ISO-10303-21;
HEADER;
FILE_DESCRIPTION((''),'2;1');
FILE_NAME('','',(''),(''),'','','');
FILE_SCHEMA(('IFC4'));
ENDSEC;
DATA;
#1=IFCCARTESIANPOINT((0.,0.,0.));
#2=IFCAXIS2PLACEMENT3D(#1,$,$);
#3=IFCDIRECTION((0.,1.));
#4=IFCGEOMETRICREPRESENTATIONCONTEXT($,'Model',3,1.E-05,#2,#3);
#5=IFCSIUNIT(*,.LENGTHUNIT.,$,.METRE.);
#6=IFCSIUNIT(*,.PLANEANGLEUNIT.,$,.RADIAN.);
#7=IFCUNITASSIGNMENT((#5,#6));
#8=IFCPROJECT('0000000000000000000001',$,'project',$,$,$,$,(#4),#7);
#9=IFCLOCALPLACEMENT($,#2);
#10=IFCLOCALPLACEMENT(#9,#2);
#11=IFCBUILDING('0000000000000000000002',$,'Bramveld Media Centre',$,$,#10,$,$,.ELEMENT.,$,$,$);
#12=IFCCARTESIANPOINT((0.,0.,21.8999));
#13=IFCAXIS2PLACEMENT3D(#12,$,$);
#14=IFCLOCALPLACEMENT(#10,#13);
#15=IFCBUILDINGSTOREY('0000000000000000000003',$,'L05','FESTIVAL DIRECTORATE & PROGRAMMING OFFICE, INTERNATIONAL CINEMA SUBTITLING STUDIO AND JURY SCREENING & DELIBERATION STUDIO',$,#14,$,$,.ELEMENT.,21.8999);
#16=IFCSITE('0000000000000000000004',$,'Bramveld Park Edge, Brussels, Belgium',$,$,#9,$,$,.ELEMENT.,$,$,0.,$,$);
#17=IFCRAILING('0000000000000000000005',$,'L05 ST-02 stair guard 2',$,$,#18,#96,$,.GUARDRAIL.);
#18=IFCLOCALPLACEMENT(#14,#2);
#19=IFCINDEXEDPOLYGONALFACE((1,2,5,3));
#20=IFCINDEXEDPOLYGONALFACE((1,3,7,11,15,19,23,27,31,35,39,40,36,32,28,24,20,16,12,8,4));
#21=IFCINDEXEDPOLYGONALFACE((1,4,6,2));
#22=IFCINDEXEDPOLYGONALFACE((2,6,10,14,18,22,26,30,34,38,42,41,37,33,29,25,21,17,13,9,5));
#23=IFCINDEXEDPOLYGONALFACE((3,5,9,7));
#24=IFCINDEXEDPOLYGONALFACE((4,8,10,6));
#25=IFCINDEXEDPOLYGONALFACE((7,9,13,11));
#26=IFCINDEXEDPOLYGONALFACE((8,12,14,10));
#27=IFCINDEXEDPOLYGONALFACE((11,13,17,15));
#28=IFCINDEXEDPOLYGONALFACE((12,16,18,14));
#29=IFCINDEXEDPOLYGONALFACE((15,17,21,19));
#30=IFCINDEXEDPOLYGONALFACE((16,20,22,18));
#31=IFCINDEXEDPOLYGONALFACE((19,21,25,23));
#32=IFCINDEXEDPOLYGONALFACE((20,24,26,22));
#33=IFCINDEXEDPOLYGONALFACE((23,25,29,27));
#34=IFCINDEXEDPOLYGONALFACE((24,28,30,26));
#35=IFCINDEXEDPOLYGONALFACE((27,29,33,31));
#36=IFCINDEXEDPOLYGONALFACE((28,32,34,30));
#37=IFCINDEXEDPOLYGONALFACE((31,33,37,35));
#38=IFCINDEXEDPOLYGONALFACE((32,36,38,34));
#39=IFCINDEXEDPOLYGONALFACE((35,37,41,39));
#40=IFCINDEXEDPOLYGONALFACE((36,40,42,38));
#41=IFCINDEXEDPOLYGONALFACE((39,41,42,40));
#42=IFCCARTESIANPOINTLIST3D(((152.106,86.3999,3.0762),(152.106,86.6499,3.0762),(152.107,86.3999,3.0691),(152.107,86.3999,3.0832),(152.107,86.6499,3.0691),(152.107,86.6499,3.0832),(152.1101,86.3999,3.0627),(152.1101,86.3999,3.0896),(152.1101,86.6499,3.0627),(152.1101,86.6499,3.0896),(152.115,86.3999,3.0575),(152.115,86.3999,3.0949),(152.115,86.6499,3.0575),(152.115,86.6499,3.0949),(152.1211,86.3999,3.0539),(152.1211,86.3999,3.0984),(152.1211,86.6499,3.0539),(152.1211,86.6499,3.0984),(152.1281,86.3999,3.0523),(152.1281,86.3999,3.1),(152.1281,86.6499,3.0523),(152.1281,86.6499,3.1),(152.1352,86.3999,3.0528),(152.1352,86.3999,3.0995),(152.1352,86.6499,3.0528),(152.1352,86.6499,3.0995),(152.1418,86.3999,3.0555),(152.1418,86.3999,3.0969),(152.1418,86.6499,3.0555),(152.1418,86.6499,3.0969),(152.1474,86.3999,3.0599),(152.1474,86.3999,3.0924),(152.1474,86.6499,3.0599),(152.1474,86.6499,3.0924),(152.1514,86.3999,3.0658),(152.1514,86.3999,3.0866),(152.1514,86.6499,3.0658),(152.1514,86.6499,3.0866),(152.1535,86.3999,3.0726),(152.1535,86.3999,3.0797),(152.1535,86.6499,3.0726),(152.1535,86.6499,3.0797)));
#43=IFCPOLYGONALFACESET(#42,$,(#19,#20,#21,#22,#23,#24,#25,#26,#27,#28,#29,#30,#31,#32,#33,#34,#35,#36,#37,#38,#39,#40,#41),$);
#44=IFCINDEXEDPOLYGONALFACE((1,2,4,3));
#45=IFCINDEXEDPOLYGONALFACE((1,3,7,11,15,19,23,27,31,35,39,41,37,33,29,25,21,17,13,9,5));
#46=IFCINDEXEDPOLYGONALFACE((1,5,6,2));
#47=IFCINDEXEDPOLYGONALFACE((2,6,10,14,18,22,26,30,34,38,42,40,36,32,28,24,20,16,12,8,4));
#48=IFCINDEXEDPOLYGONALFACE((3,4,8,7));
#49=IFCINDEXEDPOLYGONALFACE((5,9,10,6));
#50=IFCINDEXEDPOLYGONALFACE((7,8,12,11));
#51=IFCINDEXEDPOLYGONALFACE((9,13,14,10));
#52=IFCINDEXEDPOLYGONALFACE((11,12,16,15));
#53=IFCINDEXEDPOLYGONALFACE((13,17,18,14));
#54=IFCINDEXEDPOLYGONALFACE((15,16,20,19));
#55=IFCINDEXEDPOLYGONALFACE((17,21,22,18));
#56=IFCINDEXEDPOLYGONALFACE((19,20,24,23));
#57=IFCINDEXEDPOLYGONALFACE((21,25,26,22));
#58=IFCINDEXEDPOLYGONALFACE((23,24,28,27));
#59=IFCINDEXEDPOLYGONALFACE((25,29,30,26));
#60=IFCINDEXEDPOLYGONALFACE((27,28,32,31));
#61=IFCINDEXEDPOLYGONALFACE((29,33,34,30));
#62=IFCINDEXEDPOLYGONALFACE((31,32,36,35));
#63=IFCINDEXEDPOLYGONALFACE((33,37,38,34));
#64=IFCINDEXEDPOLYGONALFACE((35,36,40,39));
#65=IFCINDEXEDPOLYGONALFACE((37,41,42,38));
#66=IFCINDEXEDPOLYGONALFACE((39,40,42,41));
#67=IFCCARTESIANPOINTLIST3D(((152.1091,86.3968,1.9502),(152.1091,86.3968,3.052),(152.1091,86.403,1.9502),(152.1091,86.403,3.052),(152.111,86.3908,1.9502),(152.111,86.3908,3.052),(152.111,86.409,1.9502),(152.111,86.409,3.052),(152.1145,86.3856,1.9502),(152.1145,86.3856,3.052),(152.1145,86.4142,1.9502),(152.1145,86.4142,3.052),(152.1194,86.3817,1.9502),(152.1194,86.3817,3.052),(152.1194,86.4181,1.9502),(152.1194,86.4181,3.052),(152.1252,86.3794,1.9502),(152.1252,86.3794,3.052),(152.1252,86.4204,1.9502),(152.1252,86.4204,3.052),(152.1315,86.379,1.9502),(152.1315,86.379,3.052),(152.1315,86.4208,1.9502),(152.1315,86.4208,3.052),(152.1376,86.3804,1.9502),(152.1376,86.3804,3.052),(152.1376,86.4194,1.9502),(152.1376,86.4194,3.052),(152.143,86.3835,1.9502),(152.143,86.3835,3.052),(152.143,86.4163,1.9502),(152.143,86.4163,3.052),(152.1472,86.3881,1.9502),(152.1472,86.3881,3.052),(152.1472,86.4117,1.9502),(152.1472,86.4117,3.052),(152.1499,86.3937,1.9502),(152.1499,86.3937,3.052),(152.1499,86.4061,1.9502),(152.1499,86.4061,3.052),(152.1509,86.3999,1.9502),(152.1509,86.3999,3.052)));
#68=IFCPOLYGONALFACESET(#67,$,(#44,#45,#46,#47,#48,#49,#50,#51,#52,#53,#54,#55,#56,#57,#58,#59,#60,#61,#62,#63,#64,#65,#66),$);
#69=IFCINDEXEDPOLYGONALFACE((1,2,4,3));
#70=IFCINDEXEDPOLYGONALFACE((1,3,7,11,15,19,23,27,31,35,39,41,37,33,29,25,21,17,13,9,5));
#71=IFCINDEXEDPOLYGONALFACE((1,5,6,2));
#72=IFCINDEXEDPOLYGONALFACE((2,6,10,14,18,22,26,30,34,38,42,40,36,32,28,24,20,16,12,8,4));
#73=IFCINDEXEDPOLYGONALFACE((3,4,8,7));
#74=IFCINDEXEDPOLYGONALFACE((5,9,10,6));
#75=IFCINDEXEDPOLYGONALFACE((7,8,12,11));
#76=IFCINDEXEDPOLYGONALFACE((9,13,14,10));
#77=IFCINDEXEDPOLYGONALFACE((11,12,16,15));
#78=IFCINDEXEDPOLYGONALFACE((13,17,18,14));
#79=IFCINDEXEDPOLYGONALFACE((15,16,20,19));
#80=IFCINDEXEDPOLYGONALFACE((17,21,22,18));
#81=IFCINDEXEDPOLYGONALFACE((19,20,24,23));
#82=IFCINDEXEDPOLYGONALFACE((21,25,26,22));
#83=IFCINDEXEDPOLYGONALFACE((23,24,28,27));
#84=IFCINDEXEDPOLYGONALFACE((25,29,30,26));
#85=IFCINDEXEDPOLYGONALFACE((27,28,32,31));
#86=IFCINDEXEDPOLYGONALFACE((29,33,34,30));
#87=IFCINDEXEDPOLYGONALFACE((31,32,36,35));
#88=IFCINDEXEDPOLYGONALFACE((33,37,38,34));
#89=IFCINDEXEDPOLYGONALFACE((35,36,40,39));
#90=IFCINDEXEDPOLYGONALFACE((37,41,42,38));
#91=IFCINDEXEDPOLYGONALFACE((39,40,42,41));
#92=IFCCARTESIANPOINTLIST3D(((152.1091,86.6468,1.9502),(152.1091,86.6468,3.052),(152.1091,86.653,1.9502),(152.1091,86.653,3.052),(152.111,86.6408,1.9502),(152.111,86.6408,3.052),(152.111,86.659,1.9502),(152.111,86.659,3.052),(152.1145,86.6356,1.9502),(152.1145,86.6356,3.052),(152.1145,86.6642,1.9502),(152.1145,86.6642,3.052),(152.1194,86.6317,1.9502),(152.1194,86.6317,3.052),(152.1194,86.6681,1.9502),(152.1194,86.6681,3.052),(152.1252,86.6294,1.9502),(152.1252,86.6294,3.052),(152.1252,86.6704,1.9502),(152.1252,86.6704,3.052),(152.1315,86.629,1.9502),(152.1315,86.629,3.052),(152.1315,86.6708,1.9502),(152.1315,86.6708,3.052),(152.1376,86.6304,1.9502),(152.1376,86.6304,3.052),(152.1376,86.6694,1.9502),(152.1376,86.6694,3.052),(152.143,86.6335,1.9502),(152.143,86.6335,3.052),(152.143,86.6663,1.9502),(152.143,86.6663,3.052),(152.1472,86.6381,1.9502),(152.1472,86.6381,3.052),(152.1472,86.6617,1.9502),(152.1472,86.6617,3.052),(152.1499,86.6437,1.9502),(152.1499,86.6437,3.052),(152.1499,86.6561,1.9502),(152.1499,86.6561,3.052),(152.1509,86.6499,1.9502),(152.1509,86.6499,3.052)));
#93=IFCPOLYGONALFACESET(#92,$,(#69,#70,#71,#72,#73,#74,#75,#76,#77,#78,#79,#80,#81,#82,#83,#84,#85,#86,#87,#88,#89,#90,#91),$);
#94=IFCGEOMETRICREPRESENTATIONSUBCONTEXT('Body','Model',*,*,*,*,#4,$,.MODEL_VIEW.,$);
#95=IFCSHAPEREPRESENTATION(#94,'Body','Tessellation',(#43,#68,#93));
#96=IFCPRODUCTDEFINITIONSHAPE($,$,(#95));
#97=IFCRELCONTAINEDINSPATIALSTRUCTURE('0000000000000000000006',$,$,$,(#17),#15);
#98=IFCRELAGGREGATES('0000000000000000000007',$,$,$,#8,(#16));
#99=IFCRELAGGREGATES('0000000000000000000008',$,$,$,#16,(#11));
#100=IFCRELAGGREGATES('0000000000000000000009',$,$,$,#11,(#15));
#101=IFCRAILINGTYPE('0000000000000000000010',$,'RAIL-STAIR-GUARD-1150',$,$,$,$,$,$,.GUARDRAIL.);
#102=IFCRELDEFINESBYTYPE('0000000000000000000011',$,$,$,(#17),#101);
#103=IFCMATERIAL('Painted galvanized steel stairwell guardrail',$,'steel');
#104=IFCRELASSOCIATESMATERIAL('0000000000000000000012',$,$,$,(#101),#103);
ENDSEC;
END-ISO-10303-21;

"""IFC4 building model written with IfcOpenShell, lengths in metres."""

from ifc_helpers import new_model, si_unit, direction, frame, origin, origin_2d, place, context, subcontext, project, spatial, circle, extrude, material, type_object, element, save


model = new_model("IFC4")

# Units and contexts
model_context = context("Model", 3, precision=1e-05, world=origin(), true_north=direction((0.0, 1.0)))
body_context = subcontext(model_context, "Body", "Model", "MODEL_VIEW")
ifc_project = project(units=[si_unit("LENGTHUNIT", "METRE"), si_unit("PLANEANGLEUNIT", "RADIAN")], contexts=[model_context])

# Site, building, storey
site_placement = place(None, origin())
site = spatial("IfcSite", under=ifc_project, at=site_placement, Name="Bramveld Park Edge, Brussels, Belgium", CompositionType="ELEMENT", RefElevation=0.0)
building_placement = place(site_placement, origin())
building = spatial("IfcBuilding", under=site, at=building_placement, Name="Bramveld Media Centre", CompositionType="ELEMENT")
storey_placement = place(building_placement, frame((0.0, 0.0, 21.8999)))
storey = spatial("IfcBuildingStorey", under=building, at=storey_placement, Name="L05", Description="FESTIVAL DIRECTORATE & PROGRAMMING OFFICE, INTERNATIONAL CINEMA SUBTITLING STUDIO AND JURY SCREENING & DELIBERATION STUDIO", CompositionType="ELEMENT", Elevation=21.8999)

# Railing
ifc_material_1 = material(Name="Painted galvanized steel stairwell guardrail", Category="steel")
railing_type = type_object("IfcRailingType", Name="RAIL-STAIR-GUARD-1150", PredefinedType="GUARDRAIL", material=ifc_material_1)
railing_1_placement = place(storey_placement, frame((152.1299, 86.3999, 1.9502)))
element("IfcRailing", 1, at=railing_1_placement, inside=storey, type_object=railing_type, Name="L05 ST-02 stair guard 2", PredefinedType="GUARDRAIL", context=body_context, shape_type="SweptSolid", body=[
    extrude(circle(Radius=0.0239, at=origin_2d()), frame((0.0, 0.0, 1.126), z_axis=(0.0, 1.0, 0.0), x_axis=(-1.0, 0.0, 0.0)), (0.0, 0.0, 1.0), 0.25),
    extrude(circle(Radius=0.021, at=origin_2d()), origin(), (0.0, 0.0, 1.0), 1.1018),
    extrude(circle(Radius=0.021, at=origin_2d()), frame((0.0, 0.25, 0.0)), (0.0, 0.0, 1.0), 1.1018),
])

save(model, "model.ifc")
